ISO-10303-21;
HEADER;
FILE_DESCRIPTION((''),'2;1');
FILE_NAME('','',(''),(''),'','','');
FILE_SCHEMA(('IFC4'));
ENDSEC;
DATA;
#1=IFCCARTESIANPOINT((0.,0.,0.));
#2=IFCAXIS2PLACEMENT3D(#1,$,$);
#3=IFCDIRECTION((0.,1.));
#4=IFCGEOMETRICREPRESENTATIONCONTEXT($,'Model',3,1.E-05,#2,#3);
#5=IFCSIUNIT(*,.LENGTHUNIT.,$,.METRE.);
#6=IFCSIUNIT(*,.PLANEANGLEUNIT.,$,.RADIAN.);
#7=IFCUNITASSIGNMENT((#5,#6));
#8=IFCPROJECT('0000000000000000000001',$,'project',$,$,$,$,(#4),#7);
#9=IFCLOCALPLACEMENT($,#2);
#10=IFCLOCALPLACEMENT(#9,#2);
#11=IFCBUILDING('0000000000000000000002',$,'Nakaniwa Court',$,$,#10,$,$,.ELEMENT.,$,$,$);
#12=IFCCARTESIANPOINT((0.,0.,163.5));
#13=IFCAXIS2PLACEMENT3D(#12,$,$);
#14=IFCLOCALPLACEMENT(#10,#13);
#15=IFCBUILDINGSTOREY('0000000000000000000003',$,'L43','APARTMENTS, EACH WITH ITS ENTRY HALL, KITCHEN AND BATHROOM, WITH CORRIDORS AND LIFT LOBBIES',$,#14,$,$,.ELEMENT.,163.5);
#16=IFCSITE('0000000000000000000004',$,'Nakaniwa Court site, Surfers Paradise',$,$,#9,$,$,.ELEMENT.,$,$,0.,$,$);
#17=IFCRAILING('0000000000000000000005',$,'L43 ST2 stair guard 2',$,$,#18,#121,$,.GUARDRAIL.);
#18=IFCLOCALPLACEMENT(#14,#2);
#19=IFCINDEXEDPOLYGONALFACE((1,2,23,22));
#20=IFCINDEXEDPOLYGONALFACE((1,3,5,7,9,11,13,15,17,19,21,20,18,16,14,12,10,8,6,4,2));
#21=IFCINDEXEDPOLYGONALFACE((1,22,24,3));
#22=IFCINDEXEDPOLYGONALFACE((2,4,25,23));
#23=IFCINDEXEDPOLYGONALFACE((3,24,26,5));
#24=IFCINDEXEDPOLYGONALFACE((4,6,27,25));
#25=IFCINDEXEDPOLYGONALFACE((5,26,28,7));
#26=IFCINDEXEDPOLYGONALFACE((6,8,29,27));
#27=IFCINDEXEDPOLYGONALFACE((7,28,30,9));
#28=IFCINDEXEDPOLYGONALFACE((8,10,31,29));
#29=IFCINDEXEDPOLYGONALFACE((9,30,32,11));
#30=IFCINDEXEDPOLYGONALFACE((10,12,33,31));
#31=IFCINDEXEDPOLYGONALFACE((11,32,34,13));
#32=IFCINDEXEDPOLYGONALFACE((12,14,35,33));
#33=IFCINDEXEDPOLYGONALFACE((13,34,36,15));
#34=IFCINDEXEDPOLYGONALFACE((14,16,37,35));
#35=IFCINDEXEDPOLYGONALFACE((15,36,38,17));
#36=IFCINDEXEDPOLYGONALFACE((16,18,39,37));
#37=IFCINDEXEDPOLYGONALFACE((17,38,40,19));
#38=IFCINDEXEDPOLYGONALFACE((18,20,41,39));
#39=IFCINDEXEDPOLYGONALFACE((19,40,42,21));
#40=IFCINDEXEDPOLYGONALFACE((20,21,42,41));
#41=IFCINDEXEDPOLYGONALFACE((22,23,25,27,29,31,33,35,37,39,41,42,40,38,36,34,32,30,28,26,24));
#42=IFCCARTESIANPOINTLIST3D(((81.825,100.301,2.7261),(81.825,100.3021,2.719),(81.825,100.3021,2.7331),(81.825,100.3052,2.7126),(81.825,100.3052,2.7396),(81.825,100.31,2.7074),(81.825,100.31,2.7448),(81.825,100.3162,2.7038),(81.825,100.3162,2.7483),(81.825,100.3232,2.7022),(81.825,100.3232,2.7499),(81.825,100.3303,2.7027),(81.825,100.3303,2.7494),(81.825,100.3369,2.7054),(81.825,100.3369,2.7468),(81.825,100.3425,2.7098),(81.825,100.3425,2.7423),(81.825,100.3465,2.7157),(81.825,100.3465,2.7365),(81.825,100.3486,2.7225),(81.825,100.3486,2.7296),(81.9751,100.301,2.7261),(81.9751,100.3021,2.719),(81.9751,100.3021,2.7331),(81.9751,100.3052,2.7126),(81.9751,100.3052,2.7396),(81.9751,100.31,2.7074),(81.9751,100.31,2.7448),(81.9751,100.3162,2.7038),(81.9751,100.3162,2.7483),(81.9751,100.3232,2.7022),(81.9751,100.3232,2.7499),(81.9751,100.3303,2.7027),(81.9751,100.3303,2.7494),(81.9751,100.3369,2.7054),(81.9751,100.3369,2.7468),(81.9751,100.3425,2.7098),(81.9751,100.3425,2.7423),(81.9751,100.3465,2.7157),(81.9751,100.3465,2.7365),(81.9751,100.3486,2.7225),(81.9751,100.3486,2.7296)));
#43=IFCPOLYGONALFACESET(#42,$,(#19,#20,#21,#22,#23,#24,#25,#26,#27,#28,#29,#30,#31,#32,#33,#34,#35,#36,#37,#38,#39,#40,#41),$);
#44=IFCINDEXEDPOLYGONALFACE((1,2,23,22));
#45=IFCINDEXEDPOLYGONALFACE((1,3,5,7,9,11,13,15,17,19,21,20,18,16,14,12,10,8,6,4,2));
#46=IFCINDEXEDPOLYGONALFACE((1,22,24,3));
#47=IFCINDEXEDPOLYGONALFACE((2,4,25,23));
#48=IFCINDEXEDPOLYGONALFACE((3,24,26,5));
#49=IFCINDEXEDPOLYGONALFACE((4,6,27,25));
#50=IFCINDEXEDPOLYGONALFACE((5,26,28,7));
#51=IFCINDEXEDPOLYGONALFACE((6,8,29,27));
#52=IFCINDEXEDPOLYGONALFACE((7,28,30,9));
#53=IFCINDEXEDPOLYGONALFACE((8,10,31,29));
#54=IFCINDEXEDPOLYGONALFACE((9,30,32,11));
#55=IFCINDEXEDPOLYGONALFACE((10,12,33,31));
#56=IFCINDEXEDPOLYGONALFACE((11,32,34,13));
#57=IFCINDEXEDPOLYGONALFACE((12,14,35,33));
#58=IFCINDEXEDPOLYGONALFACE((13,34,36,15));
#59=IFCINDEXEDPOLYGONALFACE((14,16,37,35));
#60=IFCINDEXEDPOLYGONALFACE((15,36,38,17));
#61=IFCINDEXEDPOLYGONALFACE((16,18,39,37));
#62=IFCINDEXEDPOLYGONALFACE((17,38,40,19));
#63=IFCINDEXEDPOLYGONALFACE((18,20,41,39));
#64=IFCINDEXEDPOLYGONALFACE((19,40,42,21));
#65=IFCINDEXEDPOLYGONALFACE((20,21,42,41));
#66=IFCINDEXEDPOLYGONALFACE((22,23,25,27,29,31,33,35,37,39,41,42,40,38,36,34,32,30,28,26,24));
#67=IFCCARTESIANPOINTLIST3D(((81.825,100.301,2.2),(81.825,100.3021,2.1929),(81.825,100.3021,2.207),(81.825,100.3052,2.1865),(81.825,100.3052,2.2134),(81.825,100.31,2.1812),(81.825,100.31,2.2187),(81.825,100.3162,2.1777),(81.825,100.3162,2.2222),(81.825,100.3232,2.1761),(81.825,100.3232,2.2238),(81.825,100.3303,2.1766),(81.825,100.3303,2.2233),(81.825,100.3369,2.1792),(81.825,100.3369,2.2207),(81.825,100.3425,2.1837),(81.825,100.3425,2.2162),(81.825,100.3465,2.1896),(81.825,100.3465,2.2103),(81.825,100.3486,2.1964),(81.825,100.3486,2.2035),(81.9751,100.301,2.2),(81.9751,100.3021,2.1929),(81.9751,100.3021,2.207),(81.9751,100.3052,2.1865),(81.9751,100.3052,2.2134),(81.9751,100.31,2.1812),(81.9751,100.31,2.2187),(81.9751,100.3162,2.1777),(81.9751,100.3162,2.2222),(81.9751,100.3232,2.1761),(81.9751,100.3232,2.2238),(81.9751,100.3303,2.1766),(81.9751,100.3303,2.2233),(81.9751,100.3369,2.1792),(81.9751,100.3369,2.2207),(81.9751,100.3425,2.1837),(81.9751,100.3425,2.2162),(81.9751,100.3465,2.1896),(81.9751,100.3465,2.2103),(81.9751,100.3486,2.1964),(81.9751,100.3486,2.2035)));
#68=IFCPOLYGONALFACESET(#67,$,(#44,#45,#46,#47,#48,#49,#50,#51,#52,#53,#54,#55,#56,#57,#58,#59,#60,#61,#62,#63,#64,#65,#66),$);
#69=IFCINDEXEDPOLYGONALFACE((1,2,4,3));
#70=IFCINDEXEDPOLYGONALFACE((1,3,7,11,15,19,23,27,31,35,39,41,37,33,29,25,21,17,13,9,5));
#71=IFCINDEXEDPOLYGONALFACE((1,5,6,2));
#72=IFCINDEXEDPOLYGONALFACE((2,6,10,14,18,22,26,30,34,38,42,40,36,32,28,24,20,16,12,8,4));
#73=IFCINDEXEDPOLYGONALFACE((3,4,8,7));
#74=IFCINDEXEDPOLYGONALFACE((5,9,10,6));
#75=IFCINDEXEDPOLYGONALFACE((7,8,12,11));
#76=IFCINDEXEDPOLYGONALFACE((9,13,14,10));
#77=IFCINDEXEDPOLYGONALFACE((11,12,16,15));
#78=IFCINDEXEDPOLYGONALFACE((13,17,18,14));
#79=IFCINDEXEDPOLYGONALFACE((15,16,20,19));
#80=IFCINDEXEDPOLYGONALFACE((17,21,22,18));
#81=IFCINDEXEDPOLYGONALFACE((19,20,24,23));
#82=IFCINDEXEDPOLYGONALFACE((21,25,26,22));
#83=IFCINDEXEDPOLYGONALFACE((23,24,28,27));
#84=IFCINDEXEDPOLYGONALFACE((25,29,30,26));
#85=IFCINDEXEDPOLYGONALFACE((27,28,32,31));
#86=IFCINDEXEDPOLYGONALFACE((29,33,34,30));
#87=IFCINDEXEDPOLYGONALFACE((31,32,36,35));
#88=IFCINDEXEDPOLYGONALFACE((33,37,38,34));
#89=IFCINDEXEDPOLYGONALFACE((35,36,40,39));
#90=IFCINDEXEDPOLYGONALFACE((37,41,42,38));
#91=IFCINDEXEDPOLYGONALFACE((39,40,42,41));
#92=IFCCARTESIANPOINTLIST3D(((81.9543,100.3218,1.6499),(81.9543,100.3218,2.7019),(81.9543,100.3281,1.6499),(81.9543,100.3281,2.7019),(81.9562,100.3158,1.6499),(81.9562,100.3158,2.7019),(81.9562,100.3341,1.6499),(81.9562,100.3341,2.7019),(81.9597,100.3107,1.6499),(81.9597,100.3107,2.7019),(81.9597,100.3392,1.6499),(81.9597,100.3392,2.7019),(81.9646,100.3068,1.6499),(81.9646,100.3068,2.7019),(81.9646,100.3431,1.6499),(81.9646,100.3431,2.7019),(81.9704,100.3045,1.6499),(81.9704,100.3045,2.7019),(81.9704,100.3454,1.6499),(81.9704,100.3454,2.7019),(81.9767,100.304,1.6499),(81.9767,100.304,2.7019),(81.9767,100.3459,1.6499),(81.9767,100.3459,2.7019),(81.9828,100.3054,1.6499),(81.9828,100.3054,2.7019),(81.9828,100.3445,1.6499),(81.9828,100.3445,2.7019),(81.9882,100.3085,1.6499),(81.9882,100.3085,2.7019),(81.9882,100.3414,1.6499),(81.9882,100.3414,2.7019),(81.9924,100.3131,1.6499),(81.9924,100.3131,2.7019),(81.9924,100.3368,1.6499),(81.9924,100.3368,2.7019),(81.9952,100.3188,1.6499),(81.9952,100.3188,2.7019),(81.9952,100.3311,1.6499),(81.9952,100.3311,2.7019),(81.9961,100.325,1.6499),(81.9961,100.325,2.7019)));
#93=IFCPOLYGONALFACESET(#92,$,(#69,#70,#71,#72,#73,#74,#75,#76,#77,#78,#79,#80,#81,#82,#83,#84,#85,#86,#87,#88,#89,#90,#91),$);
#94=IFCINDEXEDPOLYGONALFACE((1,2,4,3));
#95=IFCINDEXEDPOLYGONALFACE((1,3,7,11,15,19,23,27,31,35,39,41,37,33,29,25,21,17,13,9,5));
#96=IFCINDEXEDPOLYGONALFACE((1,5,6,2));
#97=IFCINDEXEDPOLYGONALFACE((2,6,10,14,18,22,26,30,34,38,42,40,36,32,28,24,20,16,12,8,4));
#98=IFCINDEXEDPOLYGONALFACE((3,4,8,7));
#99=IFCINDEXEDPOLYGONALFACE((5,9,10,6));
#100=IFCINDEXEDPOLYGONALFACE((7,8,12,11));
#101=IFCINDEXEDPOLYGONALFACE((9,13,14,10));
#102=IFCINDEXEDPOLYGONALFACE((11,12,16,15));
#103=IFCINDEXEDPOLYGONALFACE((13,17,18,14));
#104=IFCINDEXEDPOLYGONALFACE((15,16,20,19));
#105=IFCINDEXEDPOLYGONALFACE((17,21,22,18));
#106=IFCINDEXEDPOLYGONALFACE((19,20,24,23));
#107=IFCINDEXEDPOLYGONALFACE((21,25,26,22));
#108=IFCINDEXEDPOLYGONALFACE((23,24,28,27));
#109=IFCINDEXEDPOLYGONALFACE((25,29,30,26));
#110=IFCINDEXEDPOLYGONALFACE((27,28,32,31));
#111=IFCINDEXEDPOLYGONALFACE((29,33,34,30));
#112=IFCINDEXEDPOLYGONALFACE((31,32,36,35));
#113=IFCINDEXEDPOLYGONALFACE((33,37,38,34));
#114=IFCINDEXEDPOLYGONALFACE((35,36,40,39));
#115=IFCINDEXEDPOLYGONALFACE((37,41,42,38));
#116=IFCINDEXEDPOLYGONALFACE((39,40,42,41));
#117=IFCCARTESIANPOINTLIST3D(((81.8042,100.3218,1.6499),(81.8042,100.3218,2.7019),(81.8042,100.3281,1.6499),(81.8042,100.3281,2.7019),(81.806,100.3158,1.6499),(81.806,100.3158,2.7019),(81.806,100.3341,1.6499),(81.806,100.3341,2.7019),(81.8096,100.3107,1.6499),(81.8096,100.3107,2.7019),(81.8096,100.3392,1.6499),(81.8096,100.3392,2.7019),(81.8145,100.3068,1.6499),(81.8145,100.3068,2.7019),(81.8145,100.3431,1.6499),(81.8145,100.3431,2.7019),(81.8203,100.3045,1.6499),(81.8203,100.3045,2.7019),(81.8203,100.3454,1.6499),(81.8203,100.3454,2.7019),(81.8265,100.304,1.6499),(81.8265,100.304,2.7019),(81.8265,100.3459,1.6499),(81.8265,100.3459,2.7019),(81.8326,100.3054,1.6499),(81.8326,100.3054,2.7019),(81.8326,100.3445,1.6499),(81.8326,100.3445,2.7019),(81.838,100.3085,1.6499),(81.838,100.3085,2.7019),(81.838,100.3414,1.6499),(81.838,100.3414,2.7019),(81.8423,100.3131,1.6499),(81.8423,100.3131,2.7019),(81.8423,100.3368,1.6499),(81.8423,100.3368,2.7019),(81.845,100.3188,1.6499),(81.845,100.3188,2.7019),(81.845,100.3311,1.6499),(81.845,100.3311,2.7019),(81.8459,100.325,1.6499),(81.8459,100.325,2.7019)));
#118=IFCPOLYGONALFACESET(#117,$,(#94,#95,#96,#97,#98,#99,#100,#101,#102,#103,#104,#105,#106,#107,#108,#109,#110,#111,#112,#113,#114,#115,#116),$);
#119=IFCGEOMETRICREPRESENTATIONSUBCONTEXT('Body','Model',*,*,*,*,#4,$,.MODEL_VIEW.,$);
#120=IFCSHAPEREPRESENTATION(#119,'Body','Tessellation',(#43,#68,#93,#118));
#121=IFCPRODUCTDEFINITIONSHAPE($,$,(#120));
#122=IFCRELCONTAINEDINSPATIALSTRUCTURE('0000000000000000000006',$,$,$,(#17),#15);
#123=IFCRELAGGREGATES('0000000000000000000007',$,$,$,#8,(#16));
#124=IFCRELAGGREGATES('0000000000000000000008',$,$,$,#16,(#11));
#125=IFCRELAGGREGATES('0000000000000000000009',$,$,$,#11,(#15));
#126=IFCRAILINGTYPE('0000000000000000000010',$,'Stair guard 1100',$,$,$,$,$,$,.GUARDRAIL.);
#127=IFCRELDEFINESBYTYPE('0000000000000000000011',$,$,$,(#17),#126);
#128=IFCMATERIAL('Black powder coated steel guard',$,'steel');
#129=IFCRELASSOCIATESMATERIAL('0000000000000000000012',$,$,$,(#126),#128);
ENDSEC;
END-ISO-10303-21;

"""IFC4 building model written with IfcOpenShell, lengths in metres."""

from ifc_helpers import new_model, si_unit, direction, frame, origin, origin_2d, place, context, subcontext, project, spatial, circle, extrude, material, type_object, element, save


model = new_model("IFC4")

# Units and contexts
model_context = context("Model", 3, precision=1e-05, world=origin(), true_north=direction((0.0, 1.0)))
body_context = subcontext(model_context, "Body", "Model", "MODEL_VIEW")
ifc_project = project(units=[si_unit("LENGTHUNIT", "METRE"), si_unit("PLANEANGLEUNIT", "RADIAN")], contexts=[model_context])

# Site, building, storey
site_placement = place(None, origin())
site = spatial("IfcSite", under=ifc_project, at=site_placement, Name="Nakaniwa Court site, Surfers Paradise", CompositionType="ELEMENT", RefElevation=0.0)
building_placement = place(site_placement, origin())
building = spatial("IfcBuilding", under=site, at=building_placement, Name="Nakaniwa Court", CompositionType="ELEMENT")
storey_placement = place(building_placement, frame((0.0, 0.0, 163.5)))
storey = spatial("IfcBuildingStorey", under=building, at=storey_placement, Name="L43", Description="APARTMENTS, EACH WITH ITS ENTRY HALL, KITCHEN AND BATHROOM, WITH CORRIDORS AND LIFT LOBBIES", CompositionType="ELEMENT", Elevation=163.5)

# Railing
ifc_material_1 = material(Name="Black powder coated steel guard", Category="steel")
railing_type_1 = type_object("IfcRailingType", Name="Stair guard 1100", PredefinedType="GUARDRAIL", material=ifc_material_1)
railing_1_placement = place(storey_placement, frame((81.9751, 100.325, 1.6499)))
element("IfcRailing", 1, at=railing_1_placement, inside=storey, type_object=railing_type_1, Name="L43 ST2 stair guard 2", PredefinedType="GUARDRAIL", context=body_context, shape_type="SweptSolid", body=[
    extrude(circle(Radius=0.0239, at=origin_2d()), frame((0.0, 0.0, 1.0762), z_axis=(-1.0, 0.0, 0.0), x_axis=(0.0, -1.0, 0.0)), (0.0, 0.0, 1.0), 0.1501),
    extrude(circle(Radius=0.0239, at=origin_2d()), frame((0.0, 0.0, 0.55), z_axis=(-1.0, 0.0, 0.0), x_axis=(0.0, -1.0, 0.0)), (0.0, 0.0, 1.0), 0.1501),
    extrude(circle(Radius=0.021, at=origin_2d()), origin(), (0.0, 0.0, 1.0), 1.052),
    extrude(circle(Radius=0.021, at=origin_2d()), frame((-0.1501, 0.0, 0.0)), (0.0, 0.0, 1.0), 1.052),
])

save(model, "model.ifc")
